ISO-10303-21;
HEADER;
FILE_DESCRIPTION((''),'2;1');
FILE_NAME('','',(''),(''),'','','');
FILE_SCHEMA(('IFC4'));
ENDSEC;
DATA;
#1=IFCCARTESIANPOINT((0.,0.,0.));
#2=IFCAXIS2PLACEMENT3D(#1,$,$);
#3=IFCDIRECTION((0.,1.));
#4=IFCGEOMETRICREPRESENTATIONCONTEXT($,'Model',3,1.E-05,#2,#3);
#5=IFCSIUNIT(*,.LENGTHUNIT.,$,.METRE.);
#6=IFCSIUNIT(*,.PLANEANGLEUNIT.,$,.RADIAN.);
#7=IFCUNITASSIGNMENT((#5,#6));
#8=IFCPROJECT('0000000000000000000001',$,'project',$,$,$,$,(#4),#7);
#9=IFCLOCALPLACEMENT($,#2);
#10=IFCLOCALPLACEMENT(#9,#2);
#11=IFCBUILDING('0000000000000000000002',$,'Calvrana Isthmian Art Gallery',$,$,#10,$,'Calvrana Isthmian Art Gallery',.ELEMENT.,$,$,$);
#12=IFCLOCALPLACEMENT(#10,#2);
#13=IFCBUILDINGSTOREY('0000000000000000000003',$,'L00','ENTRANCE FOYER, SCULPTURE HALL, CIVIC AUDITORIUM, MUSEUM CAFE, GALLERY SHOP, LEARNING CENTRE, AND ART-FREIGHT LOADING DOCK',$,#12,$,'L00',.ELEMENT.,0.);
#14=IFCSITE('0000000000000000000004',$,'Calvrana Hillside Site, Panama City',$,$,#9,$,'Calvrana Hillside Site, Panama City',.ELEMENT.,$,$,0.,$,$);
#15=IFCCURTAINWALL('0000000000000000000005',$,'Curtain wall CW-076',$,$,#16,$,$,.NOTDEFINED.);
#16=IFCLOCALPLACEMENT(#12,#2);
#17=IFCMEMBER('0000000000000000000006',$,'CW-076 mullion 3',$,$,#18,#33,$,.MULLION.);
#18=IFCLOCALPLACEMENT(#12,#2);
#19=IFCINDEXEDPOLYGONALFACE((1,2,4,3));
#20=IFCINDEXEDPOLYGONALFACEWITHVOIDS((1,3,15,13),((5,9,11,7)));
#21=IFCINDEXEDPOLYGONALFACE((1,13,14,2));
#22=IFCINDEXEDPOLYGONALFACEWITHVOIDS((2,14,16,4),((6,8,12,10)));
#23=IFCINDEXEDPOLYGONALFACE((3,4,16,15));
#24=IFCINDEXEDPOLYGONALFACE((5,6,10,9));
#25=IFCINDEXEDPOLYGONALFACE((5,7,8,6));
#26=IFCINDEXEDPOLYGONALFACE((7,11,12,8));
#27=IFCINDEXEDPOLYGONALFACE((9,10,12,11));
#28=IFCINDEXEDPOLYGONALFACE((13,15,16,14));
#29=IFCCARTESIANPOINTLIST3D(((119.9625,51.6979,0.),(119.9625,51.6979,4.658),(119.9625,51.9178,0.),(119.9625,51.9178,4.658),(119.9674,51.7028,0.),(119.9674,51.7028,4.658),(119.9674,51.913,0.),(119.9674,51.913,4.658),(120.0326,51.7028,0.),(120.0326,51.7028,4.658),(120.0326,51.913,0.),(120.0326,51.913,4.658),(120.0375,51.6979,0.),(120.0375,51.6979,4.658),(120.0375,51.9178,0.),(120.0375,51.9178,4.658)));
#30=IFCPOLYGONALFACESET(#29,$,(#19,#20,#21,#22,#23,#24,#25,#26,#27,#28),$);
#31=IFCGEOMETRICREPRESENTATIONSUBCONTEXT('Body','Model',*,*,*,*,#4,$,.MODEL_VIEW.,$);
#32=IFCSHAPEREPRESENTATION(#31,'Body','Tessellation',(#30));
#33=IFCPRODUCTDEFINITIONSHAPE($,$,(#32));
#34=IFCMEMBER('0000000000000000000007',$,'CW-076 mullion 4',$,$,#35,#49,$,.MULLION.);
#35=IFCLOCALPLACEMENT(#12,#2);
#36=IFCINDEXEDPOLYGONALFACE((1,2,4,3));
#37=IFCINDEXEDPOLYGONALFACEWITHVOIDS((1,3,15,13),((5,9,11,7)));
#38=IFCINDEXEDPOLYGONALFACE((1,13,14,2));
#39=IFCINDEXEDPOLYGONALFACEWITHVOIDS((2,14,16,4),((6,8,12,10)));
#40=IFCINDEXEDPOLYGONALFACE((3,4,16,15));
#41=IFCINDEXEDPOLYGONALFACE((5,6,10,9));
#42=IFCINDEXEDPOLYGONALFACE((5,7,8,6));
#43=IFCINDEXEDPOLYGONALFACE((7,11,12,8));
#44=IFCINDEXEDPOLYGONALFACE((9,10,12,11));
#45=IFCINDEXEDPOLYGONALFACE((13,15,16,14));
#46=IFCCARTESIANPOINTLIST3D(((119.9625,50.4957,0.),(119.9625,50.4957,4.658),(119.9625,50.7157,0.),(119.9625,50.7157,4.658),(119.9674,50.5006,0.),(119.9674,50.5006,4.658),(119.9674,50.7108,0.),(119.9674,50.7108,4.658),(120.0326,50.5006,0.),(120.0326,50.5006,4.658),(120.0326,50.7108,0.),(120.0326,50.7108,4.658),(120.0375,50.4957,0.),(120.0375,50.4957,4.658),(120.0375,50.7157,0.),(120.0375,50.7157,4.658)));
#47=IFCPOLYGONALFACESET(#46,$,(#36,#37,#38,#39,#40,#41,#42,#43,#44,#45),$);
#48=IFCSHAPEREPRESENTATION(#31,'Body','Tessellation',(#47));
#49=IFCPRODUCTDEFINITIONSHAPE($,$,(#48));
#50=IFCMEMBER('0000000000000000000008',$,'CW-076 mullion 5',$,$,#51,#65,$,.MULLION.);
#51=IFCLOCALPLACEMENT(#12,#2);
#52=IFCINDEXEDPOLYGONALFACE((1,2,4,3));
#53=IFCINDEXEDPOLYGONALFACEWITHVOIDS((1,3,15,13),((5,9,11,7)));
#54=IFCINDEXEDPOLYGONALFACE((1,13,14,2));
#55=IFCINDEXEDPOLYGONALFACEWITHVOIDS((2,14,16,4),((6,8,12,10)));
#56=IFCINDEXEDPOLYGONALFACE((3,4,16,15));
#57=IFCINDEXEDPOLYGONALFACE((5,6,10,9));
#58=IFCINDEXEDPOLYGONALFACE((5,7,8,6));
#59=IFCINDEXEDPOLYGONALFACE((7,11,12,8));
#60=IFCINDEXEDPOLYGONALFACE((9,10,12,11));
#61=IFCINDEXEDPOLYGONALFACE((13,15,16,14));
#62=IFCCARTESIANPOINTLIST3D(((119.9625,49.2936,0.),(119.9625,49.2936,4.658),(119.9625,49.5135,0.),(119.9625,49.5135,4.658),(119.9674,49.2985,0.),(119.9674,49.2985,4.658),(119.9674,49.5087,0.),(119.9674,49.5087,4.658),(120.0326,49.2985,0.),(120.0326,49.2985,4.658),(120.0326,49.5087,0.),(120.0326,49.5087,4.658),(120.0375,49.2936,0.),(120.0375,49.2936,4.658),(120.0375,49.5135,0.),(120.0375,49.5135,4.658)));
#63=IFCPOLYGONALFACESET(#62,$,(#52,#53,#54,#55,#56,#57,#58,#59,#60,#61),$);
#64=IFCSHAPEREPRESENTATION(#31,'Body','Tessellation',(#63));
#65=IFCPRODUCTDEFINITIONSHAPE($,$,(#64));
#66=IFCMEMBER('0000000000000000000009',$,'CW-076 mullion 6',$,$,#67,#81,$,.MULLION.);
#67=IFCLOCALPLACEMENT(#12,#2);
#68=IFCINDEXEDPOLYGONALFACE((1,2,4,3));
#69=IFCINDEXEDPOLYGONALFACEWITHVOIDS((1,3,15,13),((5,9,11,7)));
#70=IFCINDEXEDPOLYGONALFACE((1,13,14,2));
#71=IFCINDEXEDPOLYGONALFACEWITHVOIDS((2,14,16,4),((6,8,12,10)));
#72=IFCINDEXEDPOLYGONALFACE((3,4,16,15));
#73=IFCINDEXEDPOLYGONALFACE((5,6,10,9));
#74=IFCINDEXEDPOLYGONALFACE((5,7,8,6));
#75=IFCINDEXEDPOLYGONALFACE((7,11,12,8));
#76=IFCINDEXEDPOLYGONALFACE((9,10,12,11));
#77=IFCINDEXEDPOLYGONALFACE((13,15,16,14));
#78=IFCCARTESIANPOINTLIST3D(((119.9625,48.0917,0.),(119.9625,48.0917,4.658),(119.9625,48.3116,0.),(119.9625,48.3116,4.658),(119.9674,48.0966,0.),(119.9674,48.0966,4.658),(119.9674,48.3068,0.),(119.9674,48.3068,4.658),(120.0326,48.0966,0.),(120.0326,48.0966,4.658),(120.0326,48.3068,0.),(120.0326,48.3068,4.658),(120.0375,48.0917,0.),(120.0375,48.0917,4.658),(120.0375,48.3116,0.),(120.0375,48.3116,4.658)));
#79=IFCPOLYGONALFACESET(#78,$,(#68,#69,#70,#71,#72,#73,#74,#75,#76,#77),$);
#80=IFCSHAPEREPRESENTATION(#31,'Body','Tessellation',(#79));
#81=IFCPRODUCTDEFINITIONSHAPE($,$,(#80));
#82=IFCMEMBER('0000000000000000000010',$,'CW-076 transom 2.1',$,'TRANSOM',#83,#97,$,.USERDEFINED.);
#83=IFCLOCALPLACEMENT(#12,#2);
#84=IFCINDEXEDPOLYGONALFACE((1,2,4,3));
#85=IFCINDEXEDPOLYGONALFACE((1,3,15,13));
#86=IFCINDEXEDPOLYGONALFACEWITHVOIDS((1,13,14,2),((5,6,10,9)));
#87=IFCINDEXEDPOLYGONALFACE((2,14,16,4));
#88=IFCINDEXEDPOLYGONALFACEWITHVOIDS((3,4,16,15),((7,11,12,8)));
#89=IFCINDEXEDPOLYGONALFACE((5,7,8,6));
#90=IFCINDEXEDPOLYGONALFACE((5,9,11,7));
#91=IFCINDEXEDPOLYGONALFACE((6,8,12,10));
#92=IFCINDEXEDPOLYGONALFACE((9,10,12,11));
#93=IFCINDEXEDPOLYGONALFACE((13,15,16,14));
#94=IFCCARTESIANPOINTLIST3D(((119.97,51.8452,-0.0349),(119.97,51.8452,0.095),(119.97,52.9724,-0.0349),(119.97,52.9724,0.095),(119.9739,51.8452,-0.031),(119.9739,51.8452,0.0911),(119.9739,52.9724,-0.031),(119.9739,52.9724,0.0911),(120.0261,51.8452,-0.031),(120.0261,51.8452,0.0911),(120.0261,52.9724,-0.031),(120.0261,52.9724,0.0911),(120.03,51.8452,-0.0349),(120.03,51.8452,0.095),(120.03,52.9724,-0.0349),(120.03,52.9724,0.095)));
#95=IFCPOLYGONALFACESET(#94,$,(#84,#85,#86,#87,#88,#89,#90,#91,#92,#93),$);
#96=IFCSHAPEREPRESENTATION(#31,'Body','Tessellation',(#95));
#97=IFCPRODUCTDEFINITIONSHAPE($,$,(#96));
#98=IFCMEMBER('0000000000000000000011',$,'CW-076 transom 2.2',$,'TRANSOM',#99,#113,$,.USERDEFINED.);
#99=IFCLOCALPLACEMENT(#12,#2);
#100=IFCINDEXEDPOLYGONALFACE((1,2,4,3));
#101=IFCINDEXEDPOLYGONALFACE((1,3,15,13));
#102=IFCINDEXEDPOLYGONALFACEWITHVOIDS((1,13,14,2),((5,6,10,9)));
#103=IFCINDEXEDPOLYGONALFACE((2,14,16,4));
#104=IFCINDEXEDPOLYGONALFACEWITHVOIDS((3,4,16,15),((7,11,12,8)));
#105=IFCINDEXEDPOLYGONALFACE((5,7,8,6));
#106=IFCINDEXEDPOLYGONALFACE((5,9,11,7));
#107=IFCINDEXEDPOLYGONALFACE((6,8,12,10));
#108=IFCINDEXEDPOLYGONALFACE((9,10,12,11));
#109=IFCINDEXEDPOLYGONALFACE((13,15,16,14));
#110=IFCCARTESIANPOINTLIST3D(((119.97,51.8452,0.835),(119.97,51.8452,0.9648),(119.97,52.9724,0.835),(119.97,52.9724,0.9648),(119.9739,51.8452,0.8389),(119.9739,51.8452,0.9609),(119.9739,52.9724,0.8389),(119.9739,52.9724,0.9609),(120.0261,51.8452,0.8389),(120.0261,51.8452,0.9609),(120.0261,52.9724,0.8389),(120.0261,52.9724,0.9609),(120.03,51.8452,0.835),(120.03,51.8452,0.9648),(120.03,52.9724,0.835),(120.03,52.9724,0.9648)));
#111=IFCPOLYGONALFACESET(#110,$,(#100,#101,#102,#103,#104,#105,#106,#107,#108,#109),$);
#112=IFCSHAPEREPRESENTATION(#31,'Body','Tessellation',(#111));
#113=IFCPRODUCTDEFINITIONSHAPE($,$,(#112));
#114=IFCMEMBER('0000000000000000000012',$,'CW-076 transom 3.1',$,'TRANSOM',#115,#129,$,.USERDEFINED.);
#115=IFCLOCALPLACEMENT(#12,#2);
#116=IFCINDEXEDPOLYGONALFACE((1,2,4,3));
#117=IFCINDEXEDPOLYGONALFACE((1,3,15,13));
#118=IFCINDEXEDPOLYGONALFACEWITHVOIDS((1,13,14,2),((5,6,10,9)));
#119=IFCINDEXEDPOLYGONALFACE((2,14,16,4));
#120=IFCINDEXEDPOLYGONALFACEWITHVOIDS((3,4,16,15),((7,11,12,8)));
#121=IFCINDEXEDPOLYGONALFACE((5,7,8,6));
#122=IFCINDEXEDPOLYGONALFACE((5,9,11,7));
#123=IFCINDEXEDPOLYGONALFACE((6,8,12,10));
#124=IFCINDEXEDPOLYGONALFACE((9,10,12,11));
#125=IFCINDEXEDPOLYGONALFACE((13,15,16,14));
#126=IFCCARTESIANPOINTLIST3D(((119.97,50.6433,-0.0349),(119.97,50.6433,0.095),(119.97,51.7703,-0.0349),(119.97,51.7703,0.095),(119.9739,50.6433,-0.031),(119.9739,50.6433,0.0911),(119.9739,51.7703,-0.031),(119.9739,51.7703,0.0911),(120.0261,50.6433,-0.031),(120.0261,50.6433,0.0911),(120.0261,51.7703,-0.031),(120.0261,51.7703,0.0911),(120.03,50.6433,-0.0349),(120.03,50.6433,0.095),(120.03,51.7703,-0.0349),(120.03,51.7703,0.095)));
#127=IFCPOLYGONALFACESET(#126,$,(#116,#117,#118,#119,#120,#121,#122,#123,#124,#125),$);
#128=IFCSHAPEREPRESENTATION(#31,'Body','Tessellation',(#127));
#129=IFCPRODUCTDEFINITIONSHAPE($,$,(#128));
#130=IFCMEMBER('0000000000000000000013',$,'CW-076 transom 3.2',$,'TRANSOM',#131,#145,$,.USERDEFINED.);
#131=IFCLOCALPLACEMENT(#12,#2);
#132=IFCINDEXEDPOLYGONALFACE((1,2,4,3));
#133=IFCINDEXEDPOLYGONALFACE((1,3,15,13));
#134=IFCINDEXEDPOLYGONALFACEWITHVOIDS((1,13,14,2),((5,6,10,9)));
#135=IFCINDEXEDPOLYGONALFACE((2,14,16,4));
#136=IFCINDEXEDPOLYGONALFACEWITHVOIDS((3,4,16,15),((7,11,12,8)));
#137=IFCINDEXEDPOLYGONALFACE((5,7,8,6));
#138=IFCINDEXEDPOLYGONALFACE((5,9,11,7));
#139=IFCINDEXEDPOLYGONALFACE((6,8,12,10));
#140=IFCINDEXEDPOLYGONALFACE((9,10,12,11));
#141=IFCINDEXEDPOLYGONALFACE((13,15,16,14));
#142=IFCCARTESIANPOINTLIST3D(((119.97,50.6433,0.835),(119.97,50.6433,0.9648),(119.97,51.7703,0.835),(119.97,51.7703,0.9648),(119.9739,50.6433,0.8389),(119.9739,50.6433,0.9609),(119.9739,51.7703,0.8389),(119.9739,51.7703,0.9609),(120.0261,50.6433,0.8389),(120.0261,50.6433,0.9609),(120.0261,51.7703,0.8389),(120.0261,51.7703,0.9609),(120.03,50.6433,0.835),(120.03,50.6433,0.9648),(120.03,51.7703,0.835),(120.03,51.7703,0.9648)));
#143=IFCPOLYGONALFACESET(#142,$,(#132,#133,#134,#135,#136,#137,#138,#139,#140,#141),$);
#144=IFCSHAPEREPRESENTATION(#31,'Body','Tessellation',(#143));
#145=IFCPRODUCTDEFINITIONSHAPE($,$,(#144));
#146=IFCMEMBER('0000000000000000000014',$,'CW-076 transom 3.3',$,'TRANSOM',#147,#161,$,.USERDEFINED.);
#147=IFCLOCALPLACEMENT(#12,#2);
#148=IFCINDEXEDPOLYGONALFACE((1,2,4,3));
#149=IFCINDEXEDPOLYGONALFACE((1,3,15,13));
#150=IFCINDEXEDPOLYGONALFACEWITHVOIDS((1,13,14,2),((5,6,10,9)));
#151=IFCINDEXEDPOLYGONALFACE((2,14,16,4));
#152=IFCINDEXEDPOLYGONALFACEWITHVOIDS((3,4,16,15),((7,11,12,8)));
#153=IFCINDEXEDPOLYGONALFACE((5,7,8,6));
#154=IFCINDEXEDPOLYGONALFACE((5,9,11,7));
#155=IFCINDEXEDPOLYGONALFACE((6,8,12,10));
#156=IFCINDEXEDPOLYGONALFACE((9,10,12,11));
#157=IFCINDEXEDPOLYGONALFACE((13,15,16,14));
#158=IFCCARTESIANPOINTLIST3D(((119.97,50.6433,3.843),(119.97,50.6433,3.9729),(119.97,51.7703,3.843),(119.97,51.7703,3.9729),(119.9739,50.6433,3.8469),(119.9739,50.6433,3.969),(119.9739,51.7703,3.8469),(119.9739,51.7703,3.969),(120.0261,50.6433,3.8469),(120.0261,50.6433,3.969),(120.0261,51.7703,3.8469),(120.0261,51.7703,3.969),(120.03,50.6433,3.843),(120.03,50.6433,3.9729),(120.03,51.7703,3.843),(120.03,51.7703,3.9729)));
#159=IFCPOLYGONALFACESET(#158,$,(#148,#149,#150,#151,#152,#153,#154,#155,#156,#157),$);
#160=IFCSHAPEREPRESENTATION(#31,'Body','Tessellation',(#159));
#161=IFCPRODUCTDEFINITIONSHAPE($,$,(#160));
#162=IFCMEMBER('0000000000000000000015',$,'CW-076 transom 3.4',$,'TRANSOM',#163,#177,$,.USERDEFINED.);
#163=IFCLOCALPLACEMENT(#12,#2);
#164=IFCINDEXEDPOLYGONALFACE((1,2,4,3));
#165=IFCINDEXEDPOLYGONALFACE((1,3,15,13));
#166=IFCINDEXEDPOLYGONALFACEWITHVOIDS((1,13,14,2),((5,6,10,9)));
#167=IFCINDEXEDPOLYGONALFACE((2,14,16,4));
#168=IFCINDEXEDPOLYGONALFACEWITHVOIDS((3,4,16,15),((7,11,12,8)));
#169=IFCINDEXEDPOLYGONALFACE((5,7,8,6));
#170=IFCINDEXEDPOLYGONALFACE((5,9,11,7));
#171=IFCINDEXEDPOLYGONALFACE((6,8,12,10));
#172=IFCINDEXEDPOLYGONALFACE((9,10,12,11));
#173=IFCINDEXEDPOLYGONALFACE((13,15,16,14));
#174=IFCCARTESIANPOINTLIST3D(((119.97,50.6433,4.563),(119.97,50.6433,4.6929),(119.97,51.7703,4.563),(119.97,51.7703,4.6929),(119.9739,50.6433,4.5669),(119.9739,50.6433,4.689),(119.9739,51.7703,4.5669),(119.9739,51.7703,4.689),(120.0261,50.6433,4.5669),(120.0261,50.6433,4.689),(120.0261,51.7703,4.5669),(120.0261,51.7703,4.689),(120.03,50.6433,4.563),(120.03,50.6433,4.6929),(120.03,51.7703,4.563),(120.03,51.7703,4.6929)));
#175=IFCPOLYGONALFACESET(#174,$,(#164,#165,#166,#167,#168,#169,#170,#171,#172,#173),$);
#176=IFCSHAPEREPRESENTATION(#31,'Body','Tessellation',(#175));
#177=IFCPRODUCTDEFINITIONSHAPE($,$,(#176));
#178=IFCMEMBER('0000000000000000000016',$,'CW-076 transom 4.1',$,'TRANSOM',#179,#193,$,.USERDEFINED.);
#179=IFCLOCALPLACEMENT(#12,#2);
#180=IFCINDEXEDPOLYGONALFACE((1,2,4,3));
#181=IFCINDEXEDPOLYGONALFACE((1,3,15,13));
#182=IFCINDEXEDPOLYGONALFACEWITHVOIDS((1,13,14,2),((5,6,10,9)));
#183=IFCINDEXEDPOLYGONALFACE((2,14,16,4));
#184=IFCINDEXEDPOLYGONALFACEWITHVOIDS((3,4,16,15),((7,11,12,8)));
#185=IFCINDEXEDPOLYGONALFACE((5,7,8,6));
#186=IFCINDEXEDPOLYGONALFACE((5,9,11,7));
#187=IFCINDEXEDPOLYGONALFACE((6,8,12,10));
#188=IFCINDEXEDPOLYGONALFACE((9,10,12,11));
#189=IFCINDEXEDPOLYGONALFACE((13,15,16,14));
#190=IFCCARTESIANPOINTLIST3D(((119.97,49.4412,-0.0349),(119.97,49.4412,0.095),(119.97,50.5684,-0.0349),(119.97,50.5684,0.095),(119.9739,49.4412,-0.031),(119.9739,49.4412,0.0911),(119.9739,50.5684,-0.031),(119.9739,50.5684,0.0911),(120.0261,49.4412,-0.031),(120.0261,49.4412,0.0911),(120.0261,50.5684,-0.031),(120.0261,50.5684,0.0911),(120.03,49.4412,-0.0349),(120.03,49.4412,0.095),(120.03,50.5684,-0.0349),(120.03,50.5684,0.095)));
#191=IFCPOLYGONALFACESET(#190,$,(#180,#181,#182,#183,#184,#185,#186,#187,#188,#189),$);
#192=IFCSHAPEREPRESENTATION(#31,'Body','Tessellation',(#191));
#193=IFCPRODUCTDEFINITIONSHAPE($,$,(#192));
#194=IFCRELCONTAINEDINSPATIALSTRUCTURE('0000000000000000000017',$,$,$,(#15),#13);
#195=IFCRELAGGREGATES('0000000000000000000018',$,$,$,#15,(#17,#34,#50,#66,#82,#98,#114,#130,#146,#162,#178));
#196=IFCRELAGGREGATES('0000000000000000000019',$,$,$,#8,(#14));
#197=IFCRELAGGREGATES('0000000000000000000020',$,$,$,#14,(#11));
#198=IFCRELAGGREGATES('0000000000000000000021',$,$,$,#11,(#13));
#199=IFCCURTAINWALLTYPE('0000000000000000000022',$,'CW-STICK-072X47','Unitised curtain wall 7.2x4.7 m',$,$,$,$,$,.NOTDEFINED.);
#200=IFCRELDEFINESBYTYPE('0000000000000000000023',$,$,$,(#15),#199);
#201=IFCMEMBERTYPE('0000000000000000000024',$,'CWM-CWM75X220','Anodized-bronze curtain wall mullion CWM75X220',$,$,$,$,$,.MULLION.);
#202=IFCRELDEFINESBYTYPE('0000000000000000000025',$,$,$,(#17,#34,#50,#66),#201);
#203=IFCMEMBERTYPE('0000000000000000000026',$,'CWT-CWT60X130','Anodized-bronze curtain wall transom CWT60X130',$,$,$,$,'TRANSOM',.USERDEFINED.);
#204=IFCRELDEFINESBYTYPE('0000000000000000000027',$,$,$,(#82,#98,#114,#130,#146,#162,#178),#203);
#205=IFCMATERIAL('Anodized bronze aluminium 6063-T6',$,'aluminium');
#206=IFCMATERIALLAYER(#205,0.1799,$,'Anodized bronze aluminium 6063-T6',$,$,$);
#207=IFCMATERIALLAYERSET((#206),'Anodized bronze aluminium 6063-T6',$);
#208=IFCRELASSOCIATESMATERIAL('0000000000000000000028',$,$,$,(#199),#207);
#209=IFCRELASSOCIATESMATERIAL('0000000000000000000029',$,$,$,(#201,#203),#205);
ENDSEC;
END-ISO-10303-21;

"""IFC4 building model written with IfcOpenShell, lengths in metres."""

from ifc_helpers import new_model, si_unit, direction, frame, origin, origin_2d, place, context, subcontext, project, spatial, hollow_rectangle, extrude, material, layer, layer_set, material_profile, profile_set, type_object, element, aggregate, save


model = new_model("IFC4")

# Units and contexts
model_context = context("Model", 3, precision=1e-05, world=origin(), true_north=direction((0.0, 1.0)))
body_context = subcontext(model_context, "Body", "Model", "MODEL_VIEW")
ifc_project = project(units=[si_unit("LENGTHUNIT", "METRE"), si_unit("PLANEANGLEUNIT", "RADIAN")], contexts=[model_context])

# Site, building, storey
site_placement = place(None, origin())
site = spatial("IfcSite", under=ifc_project, at=site_placement, Name="Calvrana Hillside Site, Panama City", LongName="Calvrana Hillside Site, Panama City", CompositionType="ELEMENT", RefElevation=0.0)
building_placement = place(site_placement, origin())
building = spatial("IfcBuilding", under=site, at=building_placement, Name="Calvrana Isthmian Art Gallery", LongName="Calvrana Isthmian Art Gallery", CompositionType="ELEMENT")
storey_placement = place(building_placement, origin())
storey = spatial("IfcBuildingStorey", under=building, at=storey_placement, Name="L00", Description="ENTRANCE FOYER, SCULPTURE HALL, CIVIC AUDITORIUM, MUSEUM CAFE, GALLERY SHOP, LEARNING CENTRE, AND ART-FREIGHT LOADING DOCK", LongName="L00", CompositionType="ELEMENT", Elevation=0.0)

# Curtain wall, members
ifc_material_1 = material(Name="Anodized bronze aluminium 6063-T6", Category="aluminium")
ifc_layer_1 = layer(ifc_material_1, 0.1799, Name="Anodized bronze aluminium 6063-T6")
ifc_layer_set_1 = layer_set([ifc_layer_1], Name="Anodized bronze aluminium 6063-T6")
curtain_wall_type = type_object("IfcCurtainWallType", Name="CW-STICK-072X47", Description="Unitised curtain wall 7.2x4.7 m", PredefinedType="NOTDEFINED", material=ifc_layer_set_1)
curtain_wall_placement = place(storey_placement, origin())
curtain_wall = element("IfcCurtainWall", 1, at=curtain_wall_placement, inside=storey, type_object=curtain_wall_type, Name="Curtain wall CW-076", PredefinedType="NOTDEFINED")
ifc_material_profile_1 = material_profile(ifc_material_1, hollow_rectangle(XDim=0.075, YDim=0.22, WallThickness=0.0049, at=origin_2d()), Name="CWM75X220")
ifc_profile_set_1 = profile_set([ifc_material_profile_1], Name="Anodized bronze aluminium 6063-T6")
member_type_1 = type_object("IfcMemberType", Name="CWM-CWM75X220", Description="Anodized-bronze curtain wall mullion CWM75X220", PredefinedType="MULLION", material=ifc_profile_set_1)
member_1_placement = place(storey_placement, frame((120.0, 51.8079, 0.0), z_axis=(0.0, 0.0, 1.0), x_axis=(1.0, 0.0, 0.0)))
member_1 = element("IfcMember", 2, at=member_1_placement, type_object=member_type_1, Name="CW-076 mullion 3", PredefinedType="MULLION", context=body_context, shape_type="SweptSolid", body=[
    extrude(hollow_rectangle(XDim=0.075, YDim=0.22, WallThickness=0.0049, at=origin_2d()), origin(), (0.0, 0.0, 1.0), 4.658),
])
member_2_placement = place(storey_placement, frame((120.0, 50.6057, 0.0), z_axis=(0.0, 0.0, 1.0), x_axis=(1.0, 0.0, 0.0)))
member_2 = element("IfcMember", 3, at=member_2_placement, type_object=member_type_1, Name="CW-076 mullion 4", PredefinedType="MULLION", context=body_context, shape_type="SweptSolid", body=[
    extrude(hollow_rectangle(XDim=0.075, YDim=0.22, WallThickness=0.0049, at=origin_2d()), origin(), (0.0, 0.0, 1.0), 4.658),
])
member_3_placement = place(storey_placement, frame((120.0, 49.4036, 0.0), z_axis=(0.0, 0.0, 1.0), x_axis=(1.0, 0.0, 0.0)))
member_3 = element("IfcMember", 4, at=member_3_placement, type_object=member_type_1, Name="CW-076 mullion 5", PredefinedType="MULLION", context=body_context, shape_type="SweptSolid", body=[
    extrude(hollow_rectangle(XDim=0.075, YDim=0.22, WallThickness=0.0049, at=origin_2d()), origin(), (0.0, 0.0, 1.0), 4.658),
])
member_4_placement = place(storey_placement, frame((120.0, 48.2017, 0.0), z_axis=(0.0, 0.0, 1.0), x_axis=(1.0, 0.0, 0.0)))
member_4 = element("IfcMember", 5, at=member_4_placement, type_object=member_type_1, Name="CW-076 mullion 6", PredefinedType="MULLION", context=body_context, shape_type="SweptSolid", body=[
    extrude(hollow_rectangle(XDim=0.075, YDim=0.22, WallThickness=0.0049, at=origin_2d()), origin(), (0.0, 0.0, 1.0), 4.658),
])
ifc_material_profile_2 = material_profile(ifc_material_1, hollow_rectangle(XDim=0.0601, YDim=0.1299, WallThickness=0.0039, at=origin_2d()), Name="CWT60X130")
ifc_profile_set_2 = profile_set([ifc_material_profile_2], Name="Anodized bronze aluminium 6063-T6")
member_type_2 = type_object("IfcMemberType", Name="CWT-CWT60X130", Description="Anodized-bronze curtain wall transom CWT60X130", ElementType="TRANSOM", PredefinedType="USERDEFINED", material=ifc_profile_set_2)
member_5_placement = place(storey_placement, frame((120.0, 52.9724, 0.03), z_axis=(0.0, -1.0, 0.0), x_axis=(1.0, 0.0, 0.0)))
member_5 = element("IfcMember", 6, at=member_5_placement, type_object=member_type_2, Name="CW-076 transom 2.1", ObjectType="TRANSOM", PredefinedType="USERDEFINED", context=body_context, shape_type="SweptSolid", body=[
    extrude(hollow_rectangle(XDim=0.0601, YDim=0.1299, WallThickness=0.0039, at=origin_2d()), origin(), (0.0, 0.0, 1.0), 1.1272),
])
member_6_placement = place(storey_placement, frame((120.0, 52.9724, 0.8999), z_axis=(0.0, -1.0, 0.0), x_axis=(1.0, 0.0, 0.0)))
member_6 = element("IfcMember", 7, at=member_6_placement, type_object=member_type_2, Name="CW-076 transom 2.2", ObjectType="TRANSOM", PredefinedType="USERDEFINED", context=body_context, shape_type="SweptSolid", body=[
    extrude(hollow_rectangle(XDim=0.0601, YDim=0.1299, WallThickness=0.0039, at=origin_2d()), origin(), (0.0, 0.0, 1.0), 1.1272),
])
member_7_placement = place(storey_placement, frame((120.0, 51.7703, 0.03), z_axis=(0.0, -1.0, 0.0), x_axis=(1.0, 0.0, 0.0)))
member_7 = element("IfcMember", 8, at=member_7_placement, type_object=member_type_2, Name="CW-076 transom 3.1", ObjectType="TRANSOM", PredefinedType="USERDEFINED", context=body_context, shape_type="SweptSolid", body=[
    extrude(hollow_rectangle(XDim=0.0601, YDim=0.1299, WallThickness=0.0039, at=origin_2d()), origin(), (0.0, 0.0, 1.0), 1.127),
])
member_8_placement = place(storey_placement, frame((120.0, 51.7703, 0.8999), z_axis=(0.0, -1.0, 0.0), x_axis=(1.0, 0.0, 0.0)))
member_8 = element("IfcMember", 9, at=member_8_placement, type_object=member_type_2, Name="CW-076 transom 3.2", ObjectType="TRANSOM", PredefinedType="USERDEFINED", context=body_context, shape_type="SweptSolid", body=[
    extrude(hollow_rectangle(XDim=0.0601, YDim=0.1299, WallThickness=0.0039, at=origin_2d()), origin(), (0.0, 0.0, 1.0), 1.127),
])
member_9_placement = place(storey_placement, frame((120.0, 51.7703, 3.908), z_axis=(0.0, -1.0, 0.0), x_axis=(1.0, 0.0, 0.0)))
member_9 = element("IfcMember", 10, at=member_9_placement, type_object=member_type_2, Name="CW-076 transom 3.3", ObjectType="TRANSOM", PredefinedType="USERDEFINED", context=body_context, shape_type="SweptSolid", body=[
    extrude(hollow_rectangle(XDim=0.0601, YDim=0.1299, WallThickness=0.0039, at=origin_2d()), origin(), (0.0, 0.0, 1.0), 1.127),
])
member_10_placement = place(storey_placement, frame((120.0, 51.7703, 4.6279), z_axis=(0.0, -1.0, 0.0), x_axis=(1.0, 0.0, 0.0)))
member_10 = element("IfcMember", 11, at=member_10_placement, type_object=member_type_2, Name="CW-076 transom 3.4", ObjectType="TRANSOM", PredefinedType="USERDEFINED", context=body_context, shape_type="SweptSolid", body=[
    extrude(hollow_rectangle(XDim=0.0601, YDim=0.1299, WallThickness=0.0039, at=origin_2d()), origin(), (0.0, 0.0, 1.0), 1.127),
])
member_11_placement = place(storey_placement, frame((120.0, 50.5684, 0.03), z_axis=(0.0, -1.0, 0.0), x_axis=(1.0, 0.0, 0.0)))
member_11 = element("IfcMember", 12, at=member_11_placement, type_object=member_type_2, Name="CW-076 transom 4.1", ObjectType="TRANSOM", PredefinedType="USERDEFINED", context=body_context, shape_type="SweptSolid", body=[
    extrude(hollow_rectangle(XDim=0.0601, YDim=0.1299, WallThickness=0.0039, at=origin_2d()), origin(), (0.0, 0.0, 1.0), 1.1272),
])
aggregate(curtain_wall, [member_1, member_2, member_3, member_4, member_5, member_6, member_7, member_8, member_9, member_10, member_11])

save(model, "model.ifc")
